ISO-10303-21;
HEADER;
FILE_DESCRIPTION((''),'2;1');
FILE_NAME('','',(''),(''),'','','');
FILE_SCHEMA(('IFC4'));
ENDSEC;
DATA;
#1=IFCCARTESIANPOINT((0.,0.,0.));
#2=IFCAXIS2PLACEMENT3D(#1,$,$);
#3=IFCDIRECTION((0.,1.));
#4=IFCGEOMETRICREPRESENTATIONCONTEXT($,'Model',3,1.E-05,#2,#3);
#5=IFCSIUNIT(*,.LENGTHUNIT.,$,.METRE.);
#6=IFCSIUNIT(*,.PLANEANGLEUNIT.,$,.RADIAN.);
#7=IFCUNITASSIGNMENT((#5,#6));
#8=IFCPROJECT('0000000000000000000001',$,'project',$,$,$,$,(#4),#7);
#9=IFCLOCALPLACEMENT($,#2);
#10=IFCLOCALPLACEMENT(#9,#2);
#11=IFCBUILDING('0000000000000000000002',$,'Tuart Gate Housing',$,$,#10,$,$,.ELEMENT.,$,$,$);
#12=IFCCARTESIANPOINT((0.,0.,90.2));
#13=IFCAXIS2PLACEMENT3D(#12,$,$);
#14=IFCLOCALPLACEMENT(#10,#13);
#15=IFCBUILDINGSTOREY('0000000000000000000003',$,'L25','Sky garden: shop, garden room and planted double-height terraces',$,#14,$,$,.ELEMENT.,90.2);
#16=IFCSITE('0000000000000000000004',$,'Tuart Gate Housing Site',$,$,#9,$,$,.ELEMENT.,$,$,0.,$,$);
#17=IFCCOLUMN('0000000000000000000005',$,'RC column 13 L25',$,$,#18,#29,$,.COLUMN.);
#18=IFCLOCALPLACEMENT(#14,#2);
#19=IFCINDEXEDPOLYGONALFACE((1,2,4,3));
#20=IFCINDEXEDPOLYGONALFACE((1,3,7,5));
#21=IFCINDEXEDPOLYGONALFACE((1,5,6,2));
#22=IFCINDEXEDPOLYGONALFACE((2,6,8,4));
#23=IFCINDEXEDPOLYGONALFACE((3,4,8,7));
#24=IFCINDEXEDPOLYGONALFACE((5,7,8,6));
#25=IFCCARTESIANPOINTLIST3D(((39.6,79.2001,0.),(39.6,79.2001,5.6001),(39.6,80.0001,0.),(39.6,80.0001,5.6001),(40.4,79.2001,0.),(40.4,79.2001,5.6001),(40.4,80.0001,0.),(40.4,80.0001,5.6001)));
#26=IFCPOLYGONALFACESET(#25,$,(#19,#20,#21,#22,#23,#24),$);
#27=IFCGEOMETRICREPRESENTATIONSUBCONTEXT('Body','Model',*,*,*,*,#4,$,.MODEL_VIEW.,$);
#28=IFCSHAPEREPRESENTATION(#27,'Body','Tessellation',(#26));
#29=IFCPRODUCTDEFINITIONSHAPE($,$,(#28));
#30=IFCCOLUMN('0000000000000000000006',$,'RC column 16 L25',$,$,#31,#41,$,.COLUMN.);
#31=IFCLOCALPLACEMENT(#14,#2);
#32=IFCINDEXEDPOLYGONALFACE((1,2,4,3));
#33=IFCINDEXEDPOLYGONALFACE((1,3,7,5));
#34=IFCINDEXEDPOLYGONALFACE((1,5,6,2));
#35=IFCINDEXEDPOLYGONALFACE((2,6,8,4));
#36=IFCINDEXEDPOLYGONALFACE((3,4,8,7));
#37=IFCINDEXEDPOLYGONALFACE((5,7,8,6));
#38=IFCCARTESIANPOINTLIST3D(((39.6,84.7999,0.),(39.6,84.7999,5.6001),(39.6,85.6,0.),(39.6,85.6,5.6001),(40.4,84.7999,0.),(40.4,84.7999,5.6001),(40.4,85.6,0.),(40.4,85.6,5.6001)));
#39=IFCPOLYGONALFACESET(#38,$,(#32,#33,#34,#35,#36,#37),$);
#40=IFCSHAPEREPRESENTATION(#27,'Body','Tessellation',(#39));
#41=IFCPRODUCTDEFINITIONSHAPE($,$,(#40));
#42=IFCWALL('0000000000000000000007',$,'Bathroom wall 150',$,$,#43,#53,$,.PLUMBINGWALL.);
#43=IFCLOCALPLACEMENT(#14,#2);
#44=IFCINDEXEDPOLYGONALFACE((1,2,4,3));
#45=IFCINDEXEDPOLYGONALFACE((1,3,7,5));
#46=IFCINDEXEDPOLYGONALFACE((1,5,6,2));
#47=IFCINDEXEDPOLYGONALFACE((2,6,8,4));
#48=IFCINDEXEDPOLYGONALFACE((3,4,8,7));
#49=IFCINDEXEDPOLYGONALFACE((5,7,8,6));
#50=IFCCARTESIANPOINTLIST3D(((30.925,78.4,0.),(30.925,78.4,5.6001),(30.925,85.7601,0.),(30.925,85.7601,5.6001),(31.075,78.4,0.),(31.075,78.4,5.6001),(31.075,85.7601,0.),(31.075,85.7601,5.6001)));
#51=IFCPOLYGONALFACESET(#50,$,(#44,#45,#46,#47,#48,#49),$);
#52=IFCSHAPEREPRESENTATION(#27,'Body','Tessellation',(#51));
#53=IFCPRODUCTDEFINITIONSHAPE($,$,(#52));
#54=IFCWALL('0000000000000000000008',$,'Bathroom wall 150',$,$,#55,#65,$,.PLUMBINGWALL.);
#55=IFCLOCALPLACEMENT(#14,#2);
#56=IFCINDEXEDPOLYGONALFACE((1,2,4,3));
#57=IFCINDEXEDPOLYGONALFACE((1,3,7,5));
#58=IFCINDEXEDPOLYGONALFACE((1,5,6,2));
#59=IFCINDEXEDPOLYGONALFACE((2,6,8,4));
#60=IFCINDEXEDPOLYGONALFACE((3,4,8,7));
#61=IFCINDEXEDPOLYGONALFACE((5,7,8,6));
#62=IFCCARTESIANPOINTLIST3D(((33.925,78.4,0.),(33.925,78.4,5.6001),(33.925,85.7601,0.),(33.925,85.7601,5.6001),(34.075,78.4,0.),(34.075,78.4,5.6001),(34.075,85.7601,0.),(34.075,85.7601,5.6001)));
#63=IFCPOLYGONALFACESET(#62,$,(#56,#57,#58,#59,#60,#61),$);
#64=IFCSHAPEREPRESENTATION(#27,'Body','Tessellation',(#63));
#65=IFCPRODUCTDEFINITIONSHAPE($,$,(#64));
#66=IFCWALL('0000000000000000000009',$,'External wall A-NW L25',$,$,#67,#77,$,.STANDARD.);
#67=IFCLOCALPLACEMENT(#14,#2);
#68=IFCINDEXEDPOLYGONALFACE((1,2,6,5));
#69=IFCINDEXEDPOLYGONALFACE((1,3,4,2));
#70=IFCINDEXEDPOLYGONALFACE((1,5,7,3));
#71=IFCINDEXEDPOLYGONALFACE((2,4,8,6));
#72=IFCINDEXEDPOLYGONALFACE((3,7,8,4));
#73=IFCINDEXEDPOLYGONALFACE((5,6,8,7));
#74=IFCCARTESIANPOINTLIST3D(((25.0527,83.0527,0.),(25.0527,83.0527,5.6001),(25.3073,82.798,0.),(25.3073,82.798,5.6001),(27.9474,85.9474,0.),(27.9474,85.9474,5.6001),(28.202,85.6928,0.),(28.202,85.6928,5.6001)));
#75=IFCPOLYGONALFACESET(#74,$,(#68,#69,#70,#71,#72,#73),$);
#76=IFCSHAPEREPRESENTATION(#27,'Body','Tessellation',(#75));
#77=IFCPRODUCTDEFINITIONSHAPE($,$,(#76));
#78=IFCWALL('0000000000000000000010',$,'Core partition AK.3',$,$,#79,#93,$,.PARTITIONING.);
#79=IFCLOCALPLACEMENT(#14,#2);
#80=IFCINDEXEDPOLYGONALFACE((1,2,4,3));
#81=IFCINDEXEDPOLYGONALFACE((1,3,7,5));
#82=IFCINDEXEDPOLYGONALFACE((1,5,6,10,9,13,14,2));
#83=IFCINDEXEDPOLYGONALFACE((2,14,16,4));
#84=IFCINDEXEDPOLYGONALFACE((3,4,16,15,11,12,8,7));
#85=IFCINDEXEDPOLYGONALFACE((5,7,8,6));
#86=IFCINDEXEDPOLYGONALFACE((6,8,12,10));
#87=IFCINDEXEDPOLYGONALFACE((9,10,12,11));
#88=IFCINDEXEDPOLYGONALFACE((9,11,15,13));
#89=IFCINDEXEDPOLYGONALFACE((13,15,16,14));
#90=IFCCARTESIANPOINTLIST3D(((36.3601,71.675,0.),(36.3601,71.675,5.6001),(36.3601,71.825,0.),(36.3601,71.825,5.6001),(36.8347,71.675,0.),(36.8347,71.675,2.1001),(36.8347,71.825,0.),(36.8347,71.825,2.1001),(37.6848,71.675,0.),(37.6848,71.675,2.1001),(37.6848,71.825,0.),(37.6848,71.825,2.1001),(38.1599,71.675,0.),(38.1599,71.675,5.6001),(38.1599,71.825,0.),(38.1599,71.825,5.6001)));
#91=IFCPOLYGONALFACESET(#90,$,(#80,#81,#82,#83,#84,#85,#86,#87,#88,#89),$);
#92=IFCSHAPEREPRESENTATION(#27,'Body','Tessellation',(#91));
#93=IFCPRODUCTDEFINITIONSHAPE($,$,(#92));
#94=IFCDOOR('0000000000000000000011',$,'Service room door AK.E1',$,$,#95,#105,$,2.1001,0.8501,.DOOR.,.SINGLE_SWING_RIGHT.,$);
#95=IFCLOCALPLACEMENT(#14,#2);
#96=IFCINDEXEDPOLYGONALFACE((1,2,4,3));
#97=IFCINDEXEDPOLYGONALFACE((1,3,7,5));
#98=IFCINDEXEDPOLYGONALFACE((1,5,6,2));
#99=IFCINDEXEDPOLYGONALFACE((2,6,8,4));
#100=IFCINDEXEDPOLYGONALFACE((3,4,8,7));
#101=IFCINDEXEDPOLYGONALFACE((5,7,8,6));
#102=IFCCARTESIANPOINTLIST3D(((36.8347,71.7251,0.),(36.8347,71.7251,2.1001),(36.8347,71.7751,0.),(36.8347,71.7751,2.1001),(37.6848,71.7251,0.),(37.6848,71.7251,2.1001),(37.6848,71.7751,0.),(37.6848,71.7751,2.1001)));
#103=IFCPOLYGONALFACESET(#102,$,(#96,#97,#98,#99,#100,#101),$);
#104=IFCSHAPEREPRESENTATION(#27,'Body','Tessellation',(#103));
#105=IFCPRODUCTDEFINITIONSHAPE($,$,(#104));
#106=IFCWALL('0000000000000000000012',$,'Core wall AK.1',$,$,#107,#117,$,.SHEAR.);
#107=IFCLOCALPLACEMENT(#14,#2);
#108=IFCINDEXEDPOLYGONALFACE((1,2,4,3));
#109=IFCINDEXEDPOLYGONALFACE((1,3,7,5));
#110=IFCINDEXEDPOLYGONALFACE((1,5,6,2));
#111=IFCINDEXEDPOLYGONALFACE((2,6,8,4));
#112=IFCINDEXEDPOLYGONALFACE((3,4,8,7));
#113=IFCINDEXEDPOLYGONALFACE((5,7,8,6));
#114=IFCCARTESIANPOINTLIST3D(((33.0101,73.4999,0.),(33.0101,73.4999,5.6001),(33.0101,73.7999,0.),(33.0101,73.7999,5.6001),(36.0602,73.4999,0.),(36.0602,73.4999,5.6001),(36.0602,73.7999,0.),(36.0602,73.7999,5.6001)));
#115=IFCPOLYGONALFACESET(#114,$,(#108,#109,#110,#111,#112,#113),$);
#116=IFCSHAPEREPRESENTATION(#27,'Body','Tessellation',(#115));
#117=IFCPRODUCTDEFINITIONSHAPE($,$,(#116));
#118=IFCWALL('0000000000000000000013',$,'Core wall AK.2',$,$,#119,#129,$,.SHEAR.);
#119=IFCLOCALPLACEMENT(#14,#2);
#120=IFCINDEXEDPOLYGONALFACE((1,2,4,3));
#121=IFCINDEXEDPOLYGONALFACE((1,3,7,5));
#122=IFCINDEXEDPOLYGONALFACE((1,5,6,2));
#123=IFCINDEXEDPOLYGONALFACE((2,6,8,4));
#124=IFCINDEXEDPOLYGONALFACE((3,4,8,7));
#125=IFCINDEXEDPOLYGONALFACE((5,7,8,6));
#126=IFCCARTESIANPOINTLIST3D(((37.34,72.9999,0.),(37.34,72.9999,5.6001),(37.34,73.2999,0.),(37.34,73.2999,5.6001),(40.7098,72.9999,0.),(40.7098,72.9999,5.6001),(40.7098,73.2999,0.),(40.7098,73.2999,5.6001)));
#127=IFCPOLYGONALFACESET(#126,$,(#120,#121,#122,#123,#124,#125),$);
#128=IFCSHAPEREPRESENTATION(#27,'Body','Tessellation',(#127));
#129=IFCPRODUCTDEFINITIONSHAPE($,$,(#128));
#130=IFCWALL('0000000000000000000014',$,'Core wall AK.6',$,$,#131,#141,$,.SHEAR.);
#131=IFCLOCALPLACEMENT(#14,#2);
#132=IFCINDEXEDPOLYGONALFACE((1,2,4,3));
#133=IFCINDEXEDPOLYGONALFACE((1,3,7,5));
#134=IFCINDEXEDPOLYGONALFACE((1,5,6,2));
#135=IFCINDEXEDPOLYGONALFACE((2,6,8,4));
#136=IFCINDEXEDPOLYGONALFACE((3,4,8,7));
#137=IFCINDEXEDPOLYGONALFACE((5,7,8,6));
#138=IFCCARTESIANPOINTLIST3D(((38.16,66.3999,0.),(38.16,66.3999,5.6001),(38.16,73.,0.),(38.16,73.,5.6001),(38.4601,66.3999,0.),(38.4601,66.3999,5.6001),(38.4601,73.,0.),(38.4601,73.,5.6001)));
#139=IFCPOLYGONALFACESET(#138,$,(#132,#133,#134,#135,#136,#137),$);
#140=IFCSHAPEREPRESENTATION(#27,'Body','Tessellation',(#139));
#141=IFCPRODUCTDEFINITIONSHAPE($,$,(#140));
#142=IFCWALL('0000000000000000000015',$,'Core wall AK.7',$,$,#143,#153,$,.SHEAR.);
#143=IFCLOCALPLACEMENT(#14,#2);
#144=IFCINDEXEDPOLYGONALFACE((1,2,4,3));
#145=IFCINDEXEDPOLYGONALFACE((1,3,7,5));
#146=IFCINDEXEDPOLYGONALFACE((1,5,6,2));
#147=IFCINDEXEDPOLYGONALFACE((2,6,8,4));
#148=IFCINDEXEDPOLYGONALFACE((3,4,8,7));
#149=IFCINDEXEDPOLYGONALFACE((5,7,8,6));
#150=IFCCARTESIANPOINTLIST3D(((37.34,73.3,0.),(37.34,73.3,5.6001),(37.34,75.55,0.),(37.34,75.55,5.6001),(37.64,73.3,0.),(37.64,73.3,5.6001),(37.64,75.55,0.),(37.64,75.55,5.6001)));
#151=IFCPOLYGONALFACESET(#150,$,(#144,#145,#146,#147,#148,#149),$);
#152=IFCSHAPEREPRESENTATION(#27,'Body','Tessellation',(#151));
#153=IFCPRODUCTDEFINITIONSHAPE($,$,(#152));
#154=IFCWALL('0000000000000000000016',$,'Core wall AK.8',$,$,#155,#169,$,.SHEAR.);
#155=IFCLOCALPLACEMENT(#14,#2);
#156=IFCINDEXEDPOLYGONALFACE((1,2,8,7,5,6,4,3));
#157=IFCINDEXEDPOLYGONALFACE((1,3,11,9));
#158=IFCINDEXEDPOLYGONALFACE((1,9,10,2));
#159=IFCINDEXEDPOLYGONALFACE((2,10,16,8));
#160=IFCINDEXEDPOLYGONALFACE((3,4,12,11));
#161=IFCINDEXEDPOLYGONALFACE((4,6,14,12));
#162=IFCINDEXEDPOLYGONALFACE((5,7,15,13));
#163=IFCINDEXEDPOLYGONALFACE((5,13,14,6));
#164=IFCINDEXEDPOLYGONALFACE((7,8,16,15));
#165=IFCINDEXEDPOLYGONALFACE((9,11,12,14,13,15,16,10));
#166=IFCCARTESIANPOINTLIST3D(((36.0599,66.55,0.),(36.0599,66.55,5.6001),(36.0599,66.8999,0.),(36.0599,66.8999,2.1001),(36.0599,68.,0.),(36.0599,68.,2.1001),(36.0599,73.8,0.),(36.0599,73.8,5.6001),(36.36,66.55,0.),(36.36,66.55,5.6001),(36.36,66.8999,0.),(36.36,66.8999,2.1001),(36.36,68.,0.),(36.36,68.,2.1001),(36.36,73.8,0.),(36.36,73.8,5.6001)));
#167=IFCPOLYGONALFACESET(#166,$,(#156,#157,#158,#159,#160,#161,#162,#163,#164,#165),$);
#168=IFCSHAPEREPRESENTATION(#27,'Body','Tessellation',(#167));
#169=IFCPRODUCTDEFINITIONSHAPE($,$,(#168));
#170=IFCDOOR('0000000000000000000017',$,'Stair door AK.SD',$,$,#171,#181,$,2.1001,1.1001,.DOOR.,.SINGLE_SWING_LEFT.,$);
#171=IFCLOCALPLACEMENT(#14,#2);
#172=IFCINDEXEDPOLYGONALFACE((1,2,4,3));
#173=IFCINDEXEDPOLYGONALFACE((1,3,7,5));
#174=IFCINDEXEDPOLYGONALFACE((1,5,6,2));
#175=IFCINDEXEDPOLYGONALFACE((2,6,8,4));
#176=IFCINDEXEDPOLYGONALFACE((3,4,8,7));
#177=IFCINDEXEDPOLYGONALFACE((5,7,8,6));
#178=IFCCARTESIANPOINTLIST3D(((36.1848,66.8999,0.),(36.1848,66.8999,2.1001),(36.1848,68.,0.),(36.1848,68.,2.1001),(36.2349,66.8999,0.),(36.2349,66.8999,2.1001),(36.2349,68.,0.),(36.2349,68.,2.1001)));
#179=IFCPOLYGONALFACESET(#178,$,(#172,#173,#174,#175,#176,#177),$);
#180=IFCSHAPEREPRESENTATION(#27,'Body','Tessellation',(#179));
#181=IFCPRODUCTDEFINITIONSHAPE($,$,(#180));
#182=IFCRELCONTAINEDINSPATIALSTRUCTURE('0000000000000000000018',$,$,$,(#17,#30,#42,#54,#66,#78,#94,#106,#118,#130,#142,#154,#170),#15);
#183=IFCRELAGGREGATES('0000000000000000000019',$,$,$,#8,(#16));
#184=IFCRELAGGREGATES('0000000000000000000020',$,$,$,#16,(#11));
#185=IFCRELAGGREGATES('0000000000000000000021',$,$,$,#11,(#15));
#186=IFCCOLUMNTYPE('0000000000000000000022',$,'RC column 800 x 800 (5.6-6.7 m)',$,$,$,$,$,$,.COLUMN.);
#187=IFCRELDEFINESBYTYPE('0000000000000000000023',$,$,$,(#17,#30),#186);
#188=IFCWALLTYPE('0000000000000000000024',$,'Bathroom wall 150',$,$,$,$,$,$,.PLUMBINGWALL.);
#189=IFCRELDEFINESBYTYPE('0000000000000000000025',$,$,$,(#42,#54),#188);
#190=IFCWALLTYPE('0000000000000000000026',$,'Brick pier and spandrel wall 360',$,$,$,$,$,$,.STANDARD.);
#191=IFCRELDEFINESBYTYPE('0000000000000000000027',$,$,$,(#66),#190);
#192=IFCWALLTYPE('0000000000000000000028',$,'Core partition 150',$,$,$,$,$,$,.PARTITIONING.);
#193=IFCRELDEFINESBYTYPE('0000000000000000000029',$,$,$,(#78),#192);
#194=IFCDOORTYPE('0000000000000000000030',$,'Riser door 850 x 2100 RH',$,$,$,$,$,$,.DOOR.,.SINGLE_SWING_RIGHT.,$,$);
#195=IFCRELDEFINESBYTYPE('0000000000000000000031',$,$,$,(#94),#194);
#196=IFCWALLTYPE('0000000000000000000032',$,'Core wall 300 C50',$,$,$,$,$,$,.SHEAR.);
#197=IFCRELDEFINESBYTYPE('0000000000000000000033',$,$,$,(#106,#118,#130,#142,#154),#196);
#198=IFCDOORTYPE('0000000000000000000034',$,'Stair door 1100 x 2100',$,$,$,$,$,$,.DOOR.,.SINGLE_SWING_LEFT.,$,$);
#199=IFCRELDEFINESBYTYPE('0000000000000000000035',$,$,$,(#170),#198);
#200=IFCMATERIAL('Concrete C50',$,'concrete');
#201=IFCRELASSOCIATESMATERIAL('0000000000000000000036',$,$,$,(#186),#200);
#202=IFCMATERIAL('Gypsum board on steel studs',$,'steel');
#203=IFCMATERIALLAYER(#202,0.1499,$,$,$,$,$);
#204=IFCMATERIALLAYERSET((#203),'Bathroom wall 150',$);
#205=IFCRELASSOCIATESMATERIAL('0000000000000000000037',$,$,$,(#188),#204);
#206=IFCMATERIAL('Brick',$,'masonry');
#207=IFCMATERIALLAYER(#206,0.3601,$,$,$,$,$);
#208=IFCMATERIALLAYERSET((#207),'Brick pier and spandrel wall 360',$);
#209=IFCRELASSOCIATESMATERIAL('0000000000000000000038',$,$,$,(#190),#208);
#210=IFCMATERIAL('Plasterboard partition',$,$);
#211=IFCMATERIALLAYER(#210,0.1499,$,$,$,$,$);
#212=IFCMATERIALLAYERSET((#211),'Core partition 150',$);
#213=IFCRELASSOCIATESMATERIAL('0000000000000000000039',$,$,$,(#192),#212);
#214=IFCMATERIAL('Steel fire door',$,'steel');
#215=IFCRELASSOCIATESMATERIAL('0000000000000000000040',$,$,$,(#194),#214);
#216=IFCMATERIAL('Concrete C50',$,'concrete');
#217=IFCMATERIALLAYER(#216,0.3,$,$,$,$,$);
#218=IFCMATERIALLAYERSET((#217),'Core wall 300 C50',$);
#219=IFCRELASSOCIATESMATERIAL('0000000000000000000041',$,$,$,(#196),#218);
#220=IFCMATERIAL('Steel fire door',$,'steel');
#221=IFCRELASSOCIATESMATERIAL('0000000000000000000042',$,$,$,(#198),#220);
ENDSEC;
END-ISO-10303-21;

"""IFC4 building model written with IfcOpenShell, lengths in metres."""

from ifc_helpers import new_model, si_unit, direction, frame, frame_2d, origin, origin_2d, place, context, subcontext, project, spatial, rectangle, extrude, material, layer, layer_set, material_profile, profile_set, type_object, element, fill, save


model = new_model("IFC4")

# Units and contexts
model_context = context("Model", 3, precision=1e-05, world=origin(), true_north=direction((0.0, 1.0)))
body_context = subcontext(model_context, "Body", "Model", "MODEL_VIEW")
ifc_project = project(units=[si_unit("LENGTHUNIT", "METRE"), si_unit("PLANEANGLEUNIT", "RADIAN")], contexts=[model_context])

# Site, building, storey
site_placement = place(None, origin())
site = spatial("IfcSite", under=ifc_project, at=site_placement, Name="Tuart Gate Housing Site", CompositionType="ELEMENT", RefElevation=0.0)
building_placement = place(site_placement, origin())
building = spatial("IfcBuilding", under=site, at=building_placement, Name="Tuart Gate Housing", CompositionType="ELEMENT")
storey_placement = place(building_placement, frame((0.0, 0.0, 90.2)))
storey = spatial("IfcBuildingStorey", under=building, at=storey_placement, Name="L25", Description="Sky garden: shop, garden room and planted double-height terraces", CompositionType="ELEMENT", Elevation=90.2)

# Columns
ifc_material_1 = material(Name="Concrete C50", Category="concrete")
ifc_material_profile = material_profile(ifc_material_1, rectangle(XDim=0.8, YDim=0.8, at=origin_2d()), Name="RC column 800 x 800 (5.6-6.7 m)")
ifc_profile_set = profile_set([ifc_material_profile], Name="Concrete C50")
column_type = type_object("IfcColumnType", Name="RC column 800 x 800 (5.6-6.7 m)", PredefinedType="COLUMN", material=ifc_profile_set)
for number, where, z_axis, x_axis, name in (
    (1, (40.0, 79.6001, 0.0), (0.0, 0.0, 1.0), (1.0, 0.0, 0.0), "RC column 13 L25"),
    (2, (40.0, 85.2, 0.0), (0.0, 0.0, 1.0), (1.0, 0.0, 0.0), "RC column 16 L25"),
):
    element("IfcColumn", number, at=place(storey_placement, frame(where, z_axis=z_axis, x_axis=x_axis)), inside=storey, type_object=column_type, Name=name, PredefinedType="COLUMN", context=body_context, shape_type="SweptSolid", body=[
        extrude(rectangle(XDim=0.8, YDim=0.8, at=origin_2d()), origin(), (0.0, 0.0, 1.0), 5.6001),
    ])

# Walls
ifc_material_2 = material(Name="Gypsum board on steel studs", Category="steel")
ifc_layer_1 = layer(ifc_material_2, 0.1499)
ifc_layer_set_1 = layer_set([ifc_layer_1], Name="Bathroom wall 150")
wall_type_1 = type_object("IfcWallType", Name="Bathroom wall 150", PredefinedType="PLUMBINGWALL", material=ifc_layer_set_1)
for number, where, z_axis, x_axis, name in (
    (3, (31.0, 78.3999, 0.0), (0.0, 0.0, 1.0), (0.0, 1.0, 0.0), "Bathroom wall 150"),
    (4, (34.0, 78.3999, 0.0), (0.0, 0.0, 1.0), (0.0, 1.0, 0.0), "Bathroom wall 150"),
):
    element("IfcWall", number, at=place(storey_placement, frame(where, z_axis=z_axis, x_axis=x_axis)), inside=storey, type_object=wall_type_1, Name=name, PredefinedType="PLUMBINGWALL", context=body_context, shape_type="SweptSolid", body=[
        extrude(rectangle(XDim=7.3601, YDim=0.1499, at=frame_2d((3.6802, 0.0))), origin(), (0.0, 0.0, 1.0), 5.6001),
    ])
ifc_material_3 = material(Name="Brick", Category="masonry")
ifc_layer_2 = layer(ifc_material_3, 0.3601)
ifc_layer_set_2 = layer_set([ifc_layer_2], Name="Brick pier and spandrel wall 360")
wall_type_2 = type_object("IfcWallType", Name="Brick pier and spandrel wall 360", PredefinedType="STANDARD", material=ifc_layer_set_2)
wall_1_placement = place(storey_placement, frame((28.0747, 85.8201, 0.0), z_axis=(0.0, 0.0, 1.0), x_axis=(-0.707107, -0.707107, 0.0)))
element("IfcWall", 5, at=wall_1_placement, inside=storey, type_object=wall_type_2, Name="External wall A-NW L25", PredefinedType="STANDARD", context=body_context, shape_type="SweptSolid", body=[
    extrude(rectangle(XDim=4.0938, YDim=0.3601, at=frame_2d((2.0469, 0.0))), origin(), (0.0, 0.0, 1.0), 5.6001),
])

# Wall, opening, door
ifc_material_4 = material(Name="Plasterboard partition")
ifc_layer_3 = layer(ifc_material_4, 0.1499)
ifc_layer_set_3 = layer_set([ifc_layer_3], Name="Core partition 150")
wall_type_3 = type_object("IfcWallType", Name="Core partition 150", PredefinedType="PARTITIONING", material=ifc_layer_set_3)
wall_2_placement = place(storey_placement, frame((38.1599, 71.75, 0.0), z_axis=(0.0, 0.0, 1.0), x_axis=(-1.0, 0.0, 0.0)))
wall_2 = element("IfcWall", 6, at=wall_2_placement, inside=storey, type_object=wall_type_3, Name="Core partition AK.3", PredefinedType="PARTITIONING", context=body_context, shape_type="SweptSolid", body=[
    extrude(rectangle(XDim=1.7998, YDim=0.1499, at=frame_2d((0.8999, 0.0))), origin(), (0.0, 0.0, 1.0), 5.6001),
])
opening_1_placement = place(wall_2_placement, frame((0.4751, 0.0, 0.0)))
opening_1 = element("IfcOpeningElement", 7, at=opening_1_placement, cuts=wall_2, PredefinedType="OPENING", context=body_context, shape_type="SweptSolid", body=[
    extrude(rectangle(XDim=0.8501, YDim=2.1001, at=frame_2d((0.425, 1.05))), frame((0.0, 0.085, 0.0), z_axis=(0.0, -1.0, 0.0), x_axis=(1.0, 0.0, 0.0)), (0.0, 0.0, 1.0), 0.1699),
])
ifc_material_5 = material(Name="Steel fire door", Category="steel")
door_type_1 = type_object("IfcDoorType", Name="Riser door 850 x 2100 RH", OperationType="SINGLE_SWING_RIGHT", PredefinedType="DOOR", material=ifc_material_5)
door_1_placement = place(opening_1_placement, frame((0.8501, 0.0, 0.0), z_axis=(0.0, 0.0, 1.0), x_axis=(-1.0, 0.0, 0.0)))
door_1 = element("IfcDoor", 8, at=door_1_placement, inside=storey, type_object=door_type_1, Name="Service room door AK.E1", OperationType="SINGLE_SWING_RIGHT", OverallHeight=2.1001, OverallWidth=0.8501, PredefinedType="DOOR", context=body_context, shape_type="SweptSolid", body=[
    extrude(rectangle(XDim=0.8501, YDim=2.1001, at=frame_2d((0.425, 1.05))), frame((0.0, 0.0251, 0.0), z_axis=(0.0, -1.0, 0.0), x_axis=(1.0, 0.0, 0.0)), (0.0, 0.0, 1.0), 0.05),
])
fill(opening_1, door_1)

# Walls
ifc_material_6 = material(Name="Concrete C50", Category="concrete")
ifc_layer_4 = layer(ifc_material_6, 0.3)
ifc_layer_set_4 = layer_set([ifc_layer_4], Name="Core wall 300 C50")
wall_type_4 = type_object("IfcWallType", Name="Core wall 300 C50", PredefinedType="SHEAR", material=ifc_layer_set_4)
wall_3_placement = place(storey_placement, frame((36.0601, 73.6499, 0.0), z_axis=(0.0, 0.0, 1.0), x_axis=(-1.0, 0.0, 0.0)))
element("IfcWall", 9, at=wall_3_placement, inside=storey, type_object=wall_type_4, Name="Core wall AK.1", PredefinedType="SHEAR", context=body_context, shape_type="SweptSolid", body=[
    extrude(rectangle(XDim=3.05, YDim=0.3, at=frame_2d((1.5249, 0.0))), origin(), (0.0, 0.0, 1.0), 5.6001),
])
wall_4_placement = place(storey_placement, frame((40.71, 73.1499, 0.0), z_axis=(0.0, 0.0, 1.0), x_axis=(-1.0, 0.0, 0.0)))
element("IfcWall", 10, at=wall_4_placement, inside=storey, type_object=wall_type_4, Name="Core wall AK.2", PredefinedType="SHEAR", context=body_context, shape_type="SweptSolid", body=[
    extrude(rectangle(XDim=3.3699, YDim=0.3, at=frame_2d((1.6851, 0.0))), origin(), (0.0, 0.0, 1.0), 5.6001),
])
wall_5_placement = place(storey_placement, frame((38.3101, 73.0, 0.0), z_axis=(0.0, 0.0, 1.0), x_axis=(0.0, -1.0, 0.0)))
element("IfcWall", 11, at=wall_5_placement, inside=storey, type_object=wall_type_4, Name="Core wall AK.6", PredefinedType="SHEAR", context=body_context, shape_type="SweptSolid", body=[
    extrude(rectangle(XDim=6.6001, YDim=0.3, at=frame_2d((3.3, 0.0))), origin(), (0.0, 0.0, 1.0), 5.6001),
])
wall_6_placement = place(storey_placement, frame((37.49, 75.55, 0.0), z_axis=(0.0, 0.0, 1.0), x_axis=(0.0, -1.0, 0.0)))
element("IfcWall", 12, at=wall_6_placement, inside=storey, type_object=wall_type_4, Name="Core wall AK.7", PredefinedType="SHEAR", context=body_context, shape_type="SweptSolid", body=[
    extrude(rectangle(XDim=2.25, YDim=0.3, at=frame_2d((1.125, 0.0))), origin(), (0.0, 0.0, 1.0), 5.6001),
])

# Wall, opening, door
wall_7_placement = place(storey_placement, frame((36.21, 73.8, 0.0), z_axis=(0.0, 0.0, 1.0), x_axis=(0.0, -1.0, 0.0)))
wall_7 = element("IfcWall", 13, at=wall_7_placement, inside=storey, type_object=wall_type_4, Name="Core wall AK.8", PredefinedType="SHEAR", context=body_context, shape_type="SweptSolid", body=[
    extrude(rectangle(XDim=7.25, YDim=0.3, at=frame_2d((3.625, 0.0))), origin(), (0.0, 0.0, 1.0), 5.6001),
])
opening_2_placement = place(wall_7_placement, frame((5.8, 0.0, 0.0)))
opening_2 = element("IfcOpeningElement", 14, at=opening_2_placement, cuts=wall_7, PredefinedType="OPENING", context=body_context, shape_type="SweptSolid", body=[
    extrude(rectangle(XDim=1.1001, YDim=2.1001, at=frame_2d((0.55, 1.05))), frame((0.0, 0.1599, 0.0), z_axis=(0.0, -1.0, 0.0), x_axis=(1.0, 0.0, 0.0)), (0.0, 0.0, 1.0), 0.3201),
])
ifc_material_7 = material(Name="Steel fire door", Category="steel")
door_type_2 = type_object("IfcDoorType", Name="Stair door 1100 x 2100", OperationType="SINGLE_SWING_LEFT", PredefinedType="DOOR", material=ifc_material_7)
door_2_placement = place(opening_2_placement, frame((1.1001, 0.0, 0.0), z_axis=(0.0, 0.0, 1.0), x_axis=(-1.0, 0.0, 0.0)))
door_2 = element("IfcDoor", 15, at=door_2_placement, inside=storey, type_object=door_type_2, Name="Stair door AK.SD", OperationType="SINGLE_SWING_LEFT", OverallHeight=2.1001, OverallWidth=1.1001, PredefinedType="DOOR", context=body_context, shape_type="SweptSolid", body=[
    extrude(rectangle(XDim=1.1001, YDim=2.1001, at=frame_2d((0.55, 1.05))), frame((0.0, 0.0251, 0.0), z_axis=(0.0, -1.0, 0.0), x_axis=(1.0, 0.0, 0.0)), (0.0, 0.0, 1.0), 0.05),
])
fill(opening_2, door_2)

save(model, "model.ifc")
